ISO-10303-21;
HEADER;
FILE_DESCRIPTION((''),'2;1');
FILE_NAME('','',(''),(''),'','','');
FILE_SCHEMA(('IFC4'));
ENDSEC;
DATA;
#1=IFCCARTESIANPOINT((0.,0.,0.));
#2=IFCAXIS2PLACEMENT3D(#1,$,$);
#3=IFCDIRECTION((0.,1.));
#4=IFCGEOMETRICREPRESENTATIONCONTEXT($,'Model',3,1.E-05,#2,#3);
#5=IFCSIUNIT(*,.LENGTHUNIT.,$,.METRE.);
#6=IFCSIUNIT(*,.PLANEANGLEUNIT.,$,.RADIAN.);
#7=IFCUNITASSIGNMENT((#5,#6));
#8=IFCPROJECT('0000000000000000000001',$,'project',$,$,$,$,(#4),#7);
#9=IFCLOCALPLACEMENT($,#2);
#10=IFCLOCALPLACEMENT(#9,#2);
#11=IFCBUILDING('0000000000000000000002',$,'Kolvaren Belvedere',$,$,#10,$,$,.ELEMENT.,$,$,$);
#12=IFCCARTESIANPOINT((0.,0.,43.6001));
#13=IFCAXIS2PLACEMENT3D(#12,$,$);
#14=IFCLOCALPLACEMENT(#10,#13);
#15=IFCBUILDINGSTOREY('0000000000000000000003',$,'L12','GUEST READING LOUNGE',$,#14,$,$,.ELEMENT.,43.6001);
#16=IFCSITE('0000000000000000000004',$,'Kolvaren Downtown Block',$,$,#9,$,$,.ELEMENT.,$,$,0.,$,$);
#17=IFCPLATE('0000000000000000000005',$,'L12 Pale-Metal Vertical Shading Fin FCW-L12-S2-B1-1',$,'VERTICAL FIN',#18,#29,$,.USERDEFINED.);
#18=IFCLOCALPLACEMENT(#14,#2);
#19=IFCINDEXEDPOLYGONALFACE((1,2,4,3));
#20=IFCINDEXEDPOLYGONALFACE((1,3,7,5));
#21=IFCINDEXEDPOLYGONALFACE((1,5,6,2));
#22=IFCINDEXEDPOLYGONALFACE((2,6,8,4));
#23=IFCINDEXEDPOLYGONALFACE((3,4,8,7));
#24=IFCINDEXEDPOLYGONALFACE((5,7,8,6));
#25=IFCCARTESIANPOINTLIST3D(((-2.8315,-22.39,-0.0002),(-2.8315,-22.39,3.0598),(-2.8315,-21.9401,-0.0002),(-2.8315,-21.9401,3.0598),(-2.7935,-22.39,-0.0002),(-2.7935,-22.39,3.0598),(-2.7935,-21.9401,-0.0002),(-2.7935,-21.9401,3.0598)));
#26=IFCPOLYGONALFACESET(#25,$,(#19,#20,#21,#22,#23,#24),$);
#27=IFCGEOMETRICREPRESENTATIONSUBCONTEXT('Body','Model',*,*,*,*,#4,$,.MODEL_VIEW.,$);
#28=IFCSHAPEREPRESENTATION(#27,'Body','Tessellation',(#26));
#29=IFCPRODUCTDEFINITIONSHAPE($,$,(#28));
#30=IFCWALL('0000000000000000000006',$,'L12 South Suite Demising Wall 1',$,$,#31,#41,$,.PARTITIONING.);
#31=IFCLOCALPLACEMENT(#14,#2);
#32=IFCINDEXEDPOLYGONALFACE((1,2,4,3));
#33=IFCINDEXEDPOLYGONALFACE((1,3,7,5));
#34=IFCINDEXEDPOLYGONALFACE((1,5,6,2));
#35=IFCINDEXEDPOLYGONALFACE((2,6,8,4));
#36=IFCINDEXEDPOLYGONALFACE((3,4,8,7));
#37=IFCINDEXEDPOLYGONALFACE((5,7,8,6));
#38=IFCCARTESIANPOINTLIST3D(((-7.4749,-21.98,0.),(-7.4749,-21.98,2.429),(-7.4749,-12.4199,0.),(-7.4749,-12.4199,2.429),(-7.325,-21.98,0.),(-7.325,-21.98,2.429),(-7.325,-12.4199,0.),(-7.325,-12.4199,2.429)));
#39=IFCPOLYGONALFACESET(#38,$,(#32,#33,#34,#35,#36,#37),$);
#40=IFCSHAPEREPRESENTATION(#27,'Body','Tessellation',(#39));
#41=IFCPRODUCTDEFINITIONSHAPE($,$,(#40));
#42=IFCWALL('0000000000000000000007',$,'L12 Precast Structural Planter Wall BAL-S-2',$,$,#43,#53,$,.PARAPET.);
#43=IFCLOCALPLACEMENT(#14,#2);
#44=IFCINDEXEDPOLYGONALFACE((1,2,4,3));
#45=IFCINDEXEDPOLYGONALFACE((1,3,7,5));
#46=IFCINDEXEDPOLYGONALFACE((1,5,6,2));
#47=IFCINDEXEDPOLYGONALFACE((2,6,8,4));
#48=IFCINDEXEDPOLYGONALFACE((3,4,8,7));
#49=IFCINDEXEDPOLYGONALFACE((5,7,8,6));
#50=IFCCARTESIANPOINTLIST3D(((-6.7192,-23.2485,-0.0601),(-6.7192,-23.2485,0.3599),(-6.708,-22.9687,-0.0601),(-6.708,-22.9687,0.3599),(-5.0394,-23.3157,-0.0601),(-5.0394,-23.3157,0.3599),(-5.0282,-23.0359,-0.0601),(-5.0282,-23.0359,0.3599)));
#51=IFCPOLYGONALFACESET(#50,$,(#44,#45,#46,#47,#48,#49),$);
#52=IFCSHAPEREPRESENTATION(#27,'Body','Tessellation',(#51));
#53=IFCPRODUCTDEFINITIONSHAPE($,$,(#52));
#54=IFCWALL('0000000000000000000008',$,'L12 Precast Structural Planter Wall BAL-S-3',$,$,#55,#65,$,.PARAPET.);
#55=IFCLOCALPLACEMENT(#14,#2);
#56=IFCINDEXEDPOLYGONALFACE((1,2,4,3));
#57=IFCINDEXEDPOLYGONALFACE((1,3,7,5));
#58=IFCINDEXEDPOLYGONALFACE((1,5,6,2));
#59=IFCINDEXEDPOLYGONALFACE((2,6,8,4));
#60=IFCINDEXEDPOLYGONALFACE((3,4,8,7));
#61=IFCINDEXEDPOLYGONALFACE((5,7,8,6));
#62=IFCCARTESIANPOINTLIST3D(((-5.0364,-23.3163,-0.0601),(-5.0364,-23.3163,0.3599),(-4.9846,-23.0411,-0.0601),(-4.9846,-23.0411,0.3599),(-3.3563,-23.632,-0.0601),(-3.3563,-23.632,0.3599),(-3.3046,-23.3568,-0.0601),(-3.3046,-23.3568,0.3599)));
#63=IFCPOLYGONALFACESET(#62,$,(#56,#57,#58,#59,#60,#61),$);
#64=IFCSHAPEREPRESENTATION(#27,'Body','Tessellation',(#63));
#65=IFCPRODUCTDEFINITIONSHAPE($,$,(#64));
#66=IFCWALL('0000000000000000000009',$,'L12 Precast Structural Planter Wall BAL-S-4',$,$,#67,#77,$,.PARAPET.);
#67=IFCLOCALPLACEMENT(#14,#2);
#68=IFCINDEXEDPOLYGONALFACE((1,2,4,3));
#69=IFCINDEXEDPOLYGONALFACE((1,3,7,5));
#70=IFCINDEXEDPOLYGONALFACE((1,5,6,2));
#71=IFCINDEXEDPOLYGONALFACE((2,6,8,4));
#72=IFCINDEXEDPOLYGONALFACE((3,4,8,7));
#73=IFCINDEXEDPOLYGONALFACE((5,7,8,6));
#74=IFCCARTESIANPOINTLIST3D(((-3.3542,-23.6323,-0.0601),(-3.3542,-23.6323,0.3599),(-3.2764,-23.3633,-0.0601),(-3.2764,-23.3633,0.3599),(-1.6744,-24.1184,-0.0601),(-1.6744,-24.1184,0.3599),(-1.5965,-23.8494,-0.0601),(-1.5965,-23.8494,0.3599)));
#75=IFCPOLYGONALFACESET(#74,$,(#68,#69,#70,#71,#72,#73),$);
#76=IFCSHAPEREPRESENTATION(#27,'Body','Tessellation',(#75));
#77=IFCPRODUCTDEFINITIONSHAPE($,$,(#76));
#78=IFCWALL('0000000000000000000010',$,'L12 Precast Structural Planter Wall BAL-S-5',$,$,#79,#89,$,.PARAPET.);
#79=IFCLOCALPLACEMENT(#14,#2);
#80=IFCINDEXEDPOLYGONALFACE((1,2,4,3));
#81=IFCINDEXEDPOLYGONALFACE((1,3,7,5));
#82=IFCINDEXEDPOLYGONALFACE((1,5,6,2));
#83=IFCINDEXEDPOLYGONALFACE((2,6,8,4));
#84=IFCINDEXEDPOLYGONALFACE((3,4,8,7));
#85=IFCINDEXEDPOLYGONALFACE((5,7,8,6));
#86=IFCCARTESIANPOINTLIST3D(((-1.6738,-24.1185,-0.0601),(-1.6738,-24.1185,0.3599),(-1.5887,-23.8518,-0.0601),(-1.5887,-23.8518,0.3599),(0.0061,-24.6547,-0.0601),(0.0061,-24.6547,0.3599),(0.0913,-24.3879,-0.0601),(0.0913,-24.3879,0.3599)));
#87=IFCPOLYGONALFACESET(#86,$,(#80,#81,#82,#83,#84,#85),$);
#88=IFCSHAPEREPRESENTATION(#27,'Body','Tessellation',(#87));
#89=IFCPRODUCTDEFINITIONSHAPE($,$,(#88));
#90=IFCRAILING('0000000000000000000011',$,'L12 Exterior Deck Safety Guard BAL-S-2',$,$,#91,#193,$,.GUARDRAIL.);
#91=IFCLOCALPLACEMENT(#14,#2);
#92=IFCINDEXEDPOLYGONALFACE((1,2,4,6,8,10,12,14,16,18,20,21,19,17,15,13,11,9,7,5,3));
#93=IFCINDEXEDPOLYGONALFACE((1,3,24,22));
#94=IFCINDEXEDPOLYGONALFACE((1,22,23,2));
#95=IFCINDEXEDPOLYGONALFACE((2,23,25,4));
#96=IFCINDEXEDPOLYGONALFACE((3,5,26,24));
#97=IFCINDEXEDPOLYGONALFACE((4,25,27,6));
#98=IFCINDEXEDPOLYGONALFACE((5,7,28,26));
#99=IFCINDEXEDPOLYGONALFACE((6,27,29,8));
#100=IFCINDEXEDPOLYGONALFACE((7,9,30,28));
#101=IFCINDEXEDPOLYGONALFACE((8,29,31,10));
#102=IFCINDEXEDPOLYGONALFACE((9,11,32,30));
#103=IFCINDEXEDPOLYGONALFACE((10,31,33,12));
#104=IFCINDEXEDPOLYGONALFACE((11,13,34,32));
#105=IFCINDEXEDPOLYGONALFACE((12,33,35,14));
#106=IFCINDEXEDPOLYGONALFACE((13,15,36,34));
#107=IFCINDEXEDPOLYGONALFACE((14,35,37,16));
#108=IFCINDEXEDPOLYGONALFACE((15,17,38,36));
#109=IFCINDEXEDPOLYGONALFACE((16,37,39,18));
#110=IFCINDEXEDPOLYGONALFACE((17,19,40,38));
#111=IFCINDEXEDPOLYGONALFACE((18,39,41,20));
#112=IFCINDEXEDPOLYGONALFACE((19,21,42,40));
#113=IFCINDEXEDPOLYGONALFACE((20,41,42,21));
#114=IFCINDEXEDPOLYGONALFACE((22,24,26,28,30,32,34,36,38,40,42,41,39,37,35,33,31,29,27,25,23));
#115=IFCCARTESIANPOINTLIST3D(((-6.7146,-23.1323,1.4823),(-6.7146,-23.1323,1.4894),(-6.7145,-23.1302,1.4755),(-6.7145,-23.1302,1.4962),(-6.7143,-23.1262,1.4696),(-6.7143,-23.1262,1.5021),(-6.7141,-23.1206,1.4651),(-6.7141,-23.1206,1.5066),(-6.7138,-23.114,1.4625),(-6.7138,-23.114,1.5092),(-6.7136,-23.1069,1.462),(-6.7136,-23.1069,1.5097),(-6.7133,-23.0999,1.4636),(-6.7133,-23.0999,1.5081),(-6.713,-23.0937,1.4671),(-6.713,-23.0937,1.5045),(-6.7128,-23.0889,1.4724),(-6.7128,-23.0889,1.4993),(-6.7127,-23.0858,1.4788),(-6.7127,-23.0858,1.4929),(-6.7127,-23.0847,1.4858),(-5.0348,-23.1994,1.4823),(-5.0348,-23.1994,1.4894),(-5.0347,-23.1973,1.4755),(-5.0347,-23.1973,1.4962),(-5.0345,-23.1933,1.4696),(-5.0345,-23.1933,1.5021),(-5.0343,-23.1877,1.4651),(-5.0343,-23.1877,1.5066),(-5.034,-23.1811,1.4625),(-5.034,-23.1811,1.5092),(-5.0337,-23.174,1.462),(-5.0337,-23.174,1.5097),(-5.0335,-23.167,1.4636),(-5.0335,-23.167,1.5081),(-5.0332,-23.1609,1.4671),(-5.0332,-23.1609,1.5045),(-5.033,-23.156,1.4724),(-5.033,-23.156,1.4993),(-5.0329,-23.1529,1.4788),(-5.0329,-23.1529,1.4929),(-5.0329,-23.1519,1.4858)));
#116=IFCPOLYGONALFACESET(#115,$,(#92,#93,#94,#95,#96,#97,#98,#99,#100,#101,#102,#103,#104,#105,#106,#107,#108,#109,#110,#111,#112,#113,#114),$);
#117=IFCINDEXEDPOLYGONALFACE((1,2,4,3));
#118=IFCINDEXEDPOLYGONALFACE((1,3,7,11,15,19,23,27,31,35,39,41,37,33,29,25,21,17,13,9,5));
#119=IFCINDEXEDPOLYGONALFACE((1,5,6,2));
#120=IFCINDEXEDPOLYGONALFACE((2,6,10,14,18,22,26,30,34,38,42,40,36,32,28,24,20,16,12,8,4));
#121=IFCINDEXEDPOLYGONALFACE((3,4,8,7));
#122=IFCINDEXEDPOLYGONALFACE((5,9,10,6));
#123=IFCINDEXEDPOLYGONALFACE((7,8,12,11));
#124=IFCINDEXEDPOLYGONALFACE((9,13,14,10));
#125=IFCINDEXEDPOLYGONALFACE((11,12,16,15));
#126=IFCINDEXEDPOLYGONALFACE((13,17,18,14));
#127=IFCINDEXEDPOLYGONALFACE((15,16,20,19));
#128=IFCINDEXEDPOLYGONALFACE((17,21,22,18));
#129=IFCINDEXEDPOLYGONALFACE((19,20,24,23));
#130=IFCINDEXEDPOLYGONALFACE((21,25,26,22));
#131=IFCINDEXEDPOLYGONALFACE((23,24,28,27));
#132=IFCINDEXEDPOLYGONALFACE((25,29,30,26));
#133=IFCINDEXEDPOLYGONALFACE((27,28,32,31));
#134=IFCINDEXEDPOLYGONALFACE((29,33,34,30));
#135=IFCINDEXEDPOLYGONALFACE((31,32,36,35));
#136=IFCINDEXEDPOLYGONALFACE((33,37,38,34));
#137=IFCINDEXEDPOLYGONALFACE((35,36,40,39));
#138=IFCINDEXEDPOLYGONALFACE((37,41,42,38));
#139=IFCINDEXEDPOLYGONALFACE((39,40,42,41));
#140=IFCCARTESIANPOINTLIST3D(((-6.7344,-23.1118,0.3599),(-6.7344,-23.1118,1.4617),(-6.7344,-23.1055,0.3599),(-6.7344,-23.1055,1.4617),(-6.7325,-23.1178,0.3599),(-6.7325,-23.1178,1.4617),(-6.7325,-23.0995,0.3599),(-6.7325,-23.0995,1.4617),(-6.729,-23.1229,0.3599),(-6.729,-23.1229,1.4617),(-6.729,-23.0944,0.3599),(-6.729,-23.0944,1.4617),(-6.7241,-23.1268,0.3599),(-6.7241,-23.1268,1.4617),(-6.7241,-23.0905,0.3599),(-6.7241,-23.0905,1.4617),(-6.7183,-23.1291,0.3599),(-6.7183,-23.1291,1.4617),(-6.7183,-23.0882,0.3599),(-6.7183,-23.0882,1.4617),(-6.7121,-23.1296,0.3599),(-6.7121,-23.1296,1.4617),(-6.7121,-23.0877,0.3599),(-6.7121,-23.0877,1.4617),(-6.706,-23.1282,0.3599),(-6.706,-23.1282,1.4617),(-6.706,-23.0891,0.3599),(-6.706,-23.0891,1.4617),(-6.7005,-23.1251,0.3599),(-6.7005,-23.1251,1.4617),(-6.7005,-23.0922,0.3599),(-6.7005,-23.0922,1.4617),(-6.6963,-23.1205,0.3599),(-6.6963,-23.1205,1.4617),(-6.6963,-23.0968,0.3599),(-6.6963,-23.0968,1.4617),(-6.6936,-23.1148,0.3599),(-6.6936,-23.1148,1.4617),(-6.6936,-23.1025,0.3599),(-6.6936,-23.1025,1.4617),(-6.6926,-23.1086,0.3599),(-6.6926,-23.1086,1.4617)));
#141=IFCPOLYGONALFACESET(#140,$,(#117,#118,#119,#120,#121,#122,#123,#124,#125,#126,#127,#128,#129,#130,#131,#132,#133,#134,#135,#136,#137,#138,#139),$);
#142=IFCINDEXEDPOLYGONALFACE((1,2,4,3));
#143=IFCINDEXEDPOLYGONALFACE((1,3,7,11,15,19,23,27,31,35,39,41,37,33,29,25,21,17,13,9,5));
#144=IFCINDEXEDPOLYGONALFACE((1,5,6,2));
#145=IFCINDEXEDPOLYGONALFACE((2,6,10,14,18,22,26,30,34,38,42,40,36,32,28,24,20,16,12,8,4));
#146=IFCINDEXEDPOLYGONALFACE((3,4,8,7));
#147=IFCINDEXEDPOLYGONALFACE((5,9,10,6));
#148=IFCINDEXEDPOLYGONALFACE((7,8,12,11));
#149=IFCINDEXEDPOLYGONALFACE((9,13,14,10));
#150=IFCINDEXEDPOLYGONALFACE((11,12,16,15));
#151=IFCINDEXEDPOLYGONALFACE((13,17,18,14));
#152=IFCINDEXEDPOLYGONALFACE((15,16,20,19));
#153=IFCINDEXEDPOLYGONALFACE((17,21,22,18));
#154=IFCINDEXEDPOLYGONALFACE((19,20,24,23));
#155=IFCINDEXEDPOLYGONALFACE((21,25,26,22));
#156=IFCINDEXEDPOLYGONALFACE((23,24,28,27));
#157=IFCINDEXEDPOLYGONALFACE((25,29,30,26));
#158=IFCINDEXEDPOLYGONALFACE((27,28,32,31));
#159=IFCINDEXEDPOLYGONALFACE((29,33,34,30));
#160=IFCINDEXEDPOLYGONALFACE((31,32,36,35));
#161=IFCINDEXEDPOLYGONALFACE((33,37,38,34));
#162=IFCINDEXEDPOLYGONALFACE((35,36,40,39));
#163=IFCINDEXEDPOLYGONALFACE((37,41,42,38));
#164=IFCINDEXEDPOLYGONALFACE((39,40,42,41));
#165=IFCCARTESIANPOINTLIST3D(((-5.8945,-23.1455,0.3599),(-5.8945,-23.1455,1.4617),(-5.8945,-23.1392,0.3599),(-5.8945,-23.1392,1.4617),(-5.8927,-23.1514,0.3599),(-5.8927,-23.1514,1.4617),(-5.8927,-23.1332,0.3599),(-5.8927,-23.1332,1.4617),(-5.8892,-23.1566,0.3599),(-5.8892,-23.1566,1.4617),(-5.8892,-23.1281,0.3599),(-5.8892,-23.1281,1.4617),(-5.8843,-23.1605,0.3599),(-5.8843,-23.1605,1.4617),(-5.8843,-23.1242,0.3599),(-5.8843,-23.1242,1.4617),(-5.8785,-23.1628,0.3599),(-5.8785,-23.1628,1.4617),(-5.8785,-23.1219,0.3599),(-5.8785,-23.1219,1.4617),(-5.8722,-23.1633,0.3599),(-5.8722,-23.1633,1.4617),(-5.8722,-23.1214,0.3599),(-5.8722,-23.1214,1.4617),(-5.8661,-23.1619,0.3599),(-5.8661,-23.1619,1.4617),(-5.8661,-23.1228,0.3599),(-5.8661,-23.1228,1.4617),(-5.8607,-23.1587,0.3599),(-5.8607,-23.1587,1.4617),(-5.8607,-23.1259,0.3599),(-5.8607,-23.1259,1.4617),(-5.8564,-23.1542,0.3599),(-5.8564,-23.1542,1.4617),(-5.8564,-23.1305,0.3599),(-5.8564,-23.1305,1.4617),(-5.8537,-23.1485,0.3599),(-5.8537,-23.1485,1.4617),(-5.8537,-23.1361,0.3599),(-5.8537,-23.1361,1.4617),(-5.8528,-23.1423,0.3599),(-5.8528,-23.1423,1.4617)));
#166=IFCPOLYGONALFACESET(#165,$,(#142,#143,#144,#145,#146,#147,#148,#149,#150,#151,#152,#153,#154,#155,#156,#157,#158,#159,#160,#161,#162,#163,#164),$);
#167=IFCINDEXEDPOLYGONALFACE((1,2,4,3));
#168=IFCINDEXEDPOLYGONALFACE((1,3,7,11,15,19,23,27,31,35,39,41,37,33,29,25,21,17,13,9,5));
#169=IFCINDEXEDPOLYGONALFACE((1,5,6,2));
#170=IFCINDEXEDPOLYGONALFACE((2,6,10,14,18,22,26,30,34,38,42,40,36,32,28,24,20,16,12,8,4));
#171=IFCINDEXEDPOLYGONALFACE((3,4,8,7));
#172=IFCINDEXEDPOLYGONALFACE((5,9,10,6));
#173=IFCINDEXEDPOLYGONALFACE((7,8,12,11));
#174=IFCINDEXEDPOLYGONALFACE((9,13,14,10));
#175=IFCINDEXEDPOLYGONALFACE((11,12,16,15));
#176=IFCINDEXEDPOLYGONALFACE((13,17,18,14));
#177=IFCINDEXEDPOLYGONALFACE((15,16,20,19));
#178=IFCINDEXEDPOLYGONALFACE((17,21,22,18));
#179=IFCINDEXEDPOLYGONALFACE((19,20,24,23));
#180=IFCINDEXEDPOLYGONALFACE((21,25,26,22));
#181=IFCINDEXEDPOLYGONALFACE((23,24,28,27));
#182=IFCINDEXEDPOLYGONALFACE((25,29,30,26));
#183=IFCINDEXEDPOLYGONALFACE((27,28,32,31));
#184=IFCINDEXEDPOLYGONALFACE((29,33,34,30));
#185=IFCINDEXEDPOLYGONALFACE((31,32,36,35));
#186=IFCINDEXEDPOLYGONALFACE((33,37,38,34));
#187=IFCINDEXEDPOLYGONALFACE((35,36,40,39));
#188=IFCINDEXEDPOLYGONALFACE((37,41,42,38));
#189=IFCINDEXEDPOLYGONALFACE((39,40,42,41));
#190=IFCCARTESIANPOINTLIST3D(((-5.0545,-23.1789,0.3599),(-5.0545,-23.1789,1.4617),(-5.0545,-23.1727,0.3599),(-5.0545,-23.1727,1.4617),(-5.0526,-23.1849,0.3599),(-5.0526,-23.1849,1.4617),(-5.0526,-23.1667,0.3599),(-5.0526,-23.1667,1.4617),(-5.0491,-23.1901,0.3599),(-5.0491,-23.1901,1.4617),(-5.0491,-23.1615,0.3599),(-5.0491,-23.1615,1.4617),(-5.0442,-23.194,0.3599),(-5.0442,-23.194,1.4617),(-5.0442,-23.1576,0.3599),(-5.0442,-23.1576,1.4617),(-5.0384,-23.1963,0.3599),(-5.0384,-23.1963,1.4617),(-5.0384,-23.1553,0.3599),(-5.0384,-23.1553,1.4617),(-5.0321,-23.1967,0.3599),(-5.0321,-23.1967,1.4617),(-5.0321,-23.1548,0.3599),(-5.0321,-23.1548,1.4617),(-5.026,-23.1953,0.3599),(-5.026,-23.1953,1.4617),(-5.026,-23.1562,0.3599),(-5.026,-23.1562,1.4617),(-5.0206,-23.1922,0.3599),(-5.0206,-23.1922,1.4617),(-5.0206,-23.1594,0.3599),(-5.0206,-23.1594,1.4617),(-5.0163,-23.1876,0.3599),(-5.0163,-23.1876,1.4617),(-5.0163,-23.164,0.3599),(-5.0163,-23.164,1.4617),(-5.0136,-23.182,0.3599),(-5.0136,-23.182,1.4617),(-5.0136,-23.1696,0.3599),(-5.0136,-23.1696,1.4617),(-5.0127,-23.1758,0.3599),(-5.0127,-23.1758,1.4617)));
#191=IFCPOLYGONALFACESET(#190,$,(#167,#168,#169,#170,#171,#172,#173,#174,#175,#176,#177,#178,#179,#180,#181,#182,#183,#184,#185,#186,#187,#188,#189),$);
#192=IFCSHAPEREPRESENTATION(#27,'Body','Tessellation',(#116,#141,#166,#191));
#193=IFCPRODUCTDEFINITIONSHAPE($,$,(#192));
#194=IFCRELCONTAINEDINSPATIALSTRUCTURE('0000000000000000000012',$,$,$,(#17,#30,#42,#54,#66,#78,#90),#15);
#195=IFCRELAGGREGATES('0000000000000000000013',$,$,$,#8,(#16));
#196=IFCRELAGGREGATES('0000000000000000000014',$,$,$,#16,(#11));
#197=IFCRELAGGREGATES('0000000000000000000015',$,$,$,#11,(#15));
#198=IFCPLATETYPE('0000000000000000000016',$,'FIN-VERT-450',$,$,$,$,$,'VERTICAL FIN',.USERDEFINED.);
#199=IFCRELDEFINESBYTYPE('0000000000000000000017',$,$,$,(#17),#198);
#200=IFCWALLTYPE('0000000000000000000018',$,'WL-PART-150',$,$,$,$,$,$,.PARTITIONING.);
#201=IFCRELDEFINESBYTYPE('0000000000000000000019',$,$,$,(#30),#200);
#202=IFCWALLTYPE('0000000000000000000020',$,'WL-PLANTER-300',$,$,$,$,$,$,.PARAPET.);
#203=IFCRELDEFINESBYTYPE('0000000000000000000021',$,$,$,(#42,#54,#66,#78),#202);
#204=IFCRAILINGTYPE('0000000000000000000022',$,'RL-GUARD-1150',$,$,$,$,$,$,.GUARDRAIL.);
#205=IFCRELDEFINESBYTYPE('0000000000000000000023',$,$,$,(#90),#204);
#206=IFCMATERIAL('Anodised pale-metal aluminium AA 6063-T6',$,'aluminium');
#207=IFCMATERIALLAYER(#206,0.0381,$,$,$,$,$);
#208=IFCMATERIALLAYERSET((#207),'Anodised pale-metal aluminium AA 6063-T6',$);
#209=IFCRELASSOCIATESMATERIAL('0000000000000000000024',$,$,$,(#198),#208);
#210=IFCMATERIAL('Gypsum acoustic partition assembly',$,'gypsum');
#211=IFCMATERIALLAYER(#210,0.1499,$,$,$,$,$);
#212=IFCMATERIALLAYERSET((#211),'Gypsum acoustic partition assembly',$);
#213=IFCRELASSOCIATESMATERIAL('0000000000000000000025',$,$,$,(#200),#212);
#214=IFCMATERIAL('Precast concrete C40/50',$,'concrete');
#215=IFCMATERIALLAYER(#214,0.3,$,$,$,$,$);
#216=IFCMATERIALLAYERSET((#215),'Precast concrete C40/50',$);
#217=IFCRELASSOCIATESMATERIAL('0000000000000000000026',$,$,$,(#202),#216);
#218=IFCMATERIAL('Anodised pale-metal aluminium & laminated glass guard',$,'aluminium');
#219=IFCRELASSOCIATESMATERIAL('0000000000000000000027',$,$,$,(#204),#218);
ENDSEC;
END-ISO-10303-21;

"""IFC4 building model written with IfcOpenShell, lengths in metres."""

from ifc_helpers import new_model, si_unit, direction, frame, frame_2d, origin, origin_2d, place, context, subcontext, project, spatial, rectangle, circle, extrude, material, layer, layer_set, type_object, element, save


model = new_model("IFC4")

# Units and contexts
model_context = context("Model", 3, precision=1e-05, world=origin(), true_north=direction((0.0, 1.0)))
body_context = subcontext(model_context, "Body", "Model", "MODEL_VIEW")
ifc_project = project(units=[si_unit("LENGTHUNIT", "METRE"), si_unit("PLANEANGLEUNIT", "RADIAN")], contexts=[model_context])

# Site, building, storey
site_placement = place(None, origin())
site = spatial("IfcSite", under=ifc_project, at=site_placement, Name="Kolvaren Downtown Block", CompositionType="ELEMENT", RefElevation=0.0)
building_placement = place(site_placement, origin())
building = spatial("IfcBuilding", under=site, at=building_placement, Name="Kolvaren Belvedere", CompositionType="ELEMENT")
storey_placement = place(building_placement, frame((0.0, 0.0, 43.6001)))
storey = spatial("IfcBuildingStorey", under=building, at=storey_placement, Name="L12", Description="GUEST READING LOUNGE", CompositionType="ELEMENT", Elevation=43.6001)

# Plate
ifc_material_1 = material(Name="Anodised pale-metal aluminium AA 6063-T6", Category="aluminium")
ifc_layer_1 = layer(ifc_material_1, 0.0381)
ifc_layer_set_1 = layer_set([ifc_layer_1], Name="Anodised pale-metal aluminium AA 6063-T6")
plate_type_1 = type_object("IfcPlateType", Name="FIN-VERT-450", ElementType="VERTICAL FIN", PredefinedType="USERDEFINED", material=ifc_layer_set_1)
plate_1_placement = place(storey_placement, frame((-2.8125, -22.165, -0.0002), z_axis=(0.0, 0.0, 1.0), x_axis=(0.0, 1.0, 0.0)))
element("IfcPlate", 1, at=plate_1_placement, inside=storey, type_object=plate_type_1, Name="L12 Pale-Metal Vertical Shading Fin FCW-L12-S2-B1-1", ObjectType="VERTICAL FIN", PredefinedType="USERDEFINED", context=body_context, shape_type="SweptSolid", body=[
    extrude(rectangle(XDim=0.45, YDim=0.0381, at=origin_2d()), origin(), (0.0, 0.0, 1.0), 3.0601),
])

# Walls
ifc_material_2 = material(Name="Gypsum acoustic partition assembly", Category="gypsum")
ifc_layer_2 = layer(ifc_material_2, 0.1499)
ifc_layer_set_2 = layer_set([ifc_layer_2], Name="Gypsum acoustic partition assembly")
wall_type_1 = type_object("IfcWallType", Name="WL-PART-150", PredefinedType="PARTITIONING", material=ifc_layer_set_2)
wall_1_placement = place(storey_placement, frame((-7.3999, -21.98, 0.0), z_axis=(0.0, 0.0, 1.0), x_axis=(0.0, 1.0, 0.0)))
element("IfcWall", 2, at=wall_1_placement, inside=storey, type_object=wall_type_1, Name="L12 South Suite Demising Wall 1", PredefinedType="PARTITIONING", context=body_context, shape_type="SweptSolid", body=[
    extrude(rectangle(XDim=9.5601, YDim=0.1499, at=frame_2d((4.78, 0.0))), origin(), (0.0, 0.0, 1.0), 2.429),
])
ifc_material_3 = material(Name="Precast concrete C40/50", Category="concrete")
ifc_layer_3 = layer(ifc_material_3, 0.3)
ifc_layer_set_3 = layer_set([ifc_layer_3], Name="Precast concrete C40/50")
wall_type_2 = type_object("IfcWallType", Name="WL-PLANTER-300", PredefinedType="PARAPET", material=ifc_layer_set_3)
wall_2_placement = place(storey_placement, frame((-6.7136, -23.1086, -0.0601), z_axis=(0.0, 0.0, 1.0), x_axis=(0.999202, -0.039933, 0.0)))
element("IfcWall", 3, at=wall_2_placement, inside=storey, type_object=wall_type_2, Name="L12 Precast Structural Planter Wall BAL-S-2", PredefinedType="PARAPET", context=body_context, shape_type="SweptSolid", body=[
    extrude(rectangle(XDim=1.6812, YDim=0.28, at=frame_2d((0.8406, 0.0))), origin(), (0.0, 0.0, 1.0), 0.4199),
])
wall_3_placement = place(storey_placement, frame((-5.0105, -23.1787, -0.0601), z_axis=(0.0, 0.0, 1.0), x_axis=(0.982804, -0.184651, 0.0)))
element("IfcWall", 4, at=wall_3_placement, inside=storey, type_object=wall_type_2, Name="L12 Precast Structural Planter Wall BAL-S-3", PredefinedType="PARAPET", context=body_context, shape_type="SweptSolid", body=[
    extrude(rectangle(XDim=1.7095, YDim=0.28, at=frame_2d((0.8547, 0.0))), origin(), (0.0, 0.0, 1.0), 0.4199),
])
wall_4_placement = place(storey_placement, frame((-3.3154, -23.4978, -0.0601), z_axis=(0.0, 0.0, 1.0), x_axis=(0.960597, -0.277946, 0.0)))
element("IfcWall", 5, at=wall_4_placement, inside=storey, type_object=wall_type_2, Name="L12 Precast Structural Planter Wall BAL-S-4", PredefinedType="PARAPET", context=body_context, shape_type="SweptSolid", body=[
    extrude(rectangle(XDim=1.7488, YDim=0.28, at=frame_2d((0.8745, 0.0))), origin(), (0.0, 0.0, 1.0), 0.4199),
])
wall_5_placement = place(storey_placement, frame((-1.6313, -23.9851, -0.0601), z_axis=(0.0, 0.0, 1.0), x_axis=(0.952662, -0.304032, 0.0)))
element("IfcWall", 6, at=wall_5_placement, inside=storey, type_object=wall_type_2, Name="L12 Precast Structural Planter Wall BAL-S-5", PredefinedType="PARAPET", context=body_context, shape_type="SweptSolid", body=[
    extrude(rectangle(XDim=1.7634, YDim=0.28, at=frame_2d((0.8818, 0.0))), origin(), (0.0, 0.0, 1.0), 0.4199),
])

# Railing
ifc_material_4 = material(Name="Anodised pale-metal aluminium & laminated glass guard", Category="aluminium")
railing_type = type_object("IfcRailingType", Name="RL-GUARD-1150", PredefinedType="GUARDRAIL", material=ifc_material_4)
railing_1_placement = place(storey_placement, frame((-6.7136, -23.1086, 0.3599)))
element("IfcRailing", 7, at=railing_1_placement, inside=storey, type_object=railing_type, Name="L12 Exterior Deck Safety Guard BAL-S-2", PredefinedType="GUARDRAIL", context=body_context, shape_type="SweptSolid", body=[
    extrude(circle(Radius=0.0239, at=origin_2d()), frame((0.0, 0.0, 1.126), z_axis=(0.999202, -0.039933, 0.0), x_axis=(0.039933, 0.999202, 0.0)), (0.0, 0.0, 1.0), 1.6812),
    extrude(circle(Radius=0.021, at=origin_2d()), origin(), (0.0, 0.0, 1.0), 1.1018),
    extrude(circle(Radius=0.021, at=origin_2d()), frame((0.8398, -0.0337, 0.0)), (0.0, 0.0, 1.0), 1.1018),
    extrude(circle(Radius=0.021, at=origin_2d()), frame((1.6799, -0.0671, 0.0)), (0.0, 0.0, 1.0), 1.1018),
])

save(model, "model.ifc")
